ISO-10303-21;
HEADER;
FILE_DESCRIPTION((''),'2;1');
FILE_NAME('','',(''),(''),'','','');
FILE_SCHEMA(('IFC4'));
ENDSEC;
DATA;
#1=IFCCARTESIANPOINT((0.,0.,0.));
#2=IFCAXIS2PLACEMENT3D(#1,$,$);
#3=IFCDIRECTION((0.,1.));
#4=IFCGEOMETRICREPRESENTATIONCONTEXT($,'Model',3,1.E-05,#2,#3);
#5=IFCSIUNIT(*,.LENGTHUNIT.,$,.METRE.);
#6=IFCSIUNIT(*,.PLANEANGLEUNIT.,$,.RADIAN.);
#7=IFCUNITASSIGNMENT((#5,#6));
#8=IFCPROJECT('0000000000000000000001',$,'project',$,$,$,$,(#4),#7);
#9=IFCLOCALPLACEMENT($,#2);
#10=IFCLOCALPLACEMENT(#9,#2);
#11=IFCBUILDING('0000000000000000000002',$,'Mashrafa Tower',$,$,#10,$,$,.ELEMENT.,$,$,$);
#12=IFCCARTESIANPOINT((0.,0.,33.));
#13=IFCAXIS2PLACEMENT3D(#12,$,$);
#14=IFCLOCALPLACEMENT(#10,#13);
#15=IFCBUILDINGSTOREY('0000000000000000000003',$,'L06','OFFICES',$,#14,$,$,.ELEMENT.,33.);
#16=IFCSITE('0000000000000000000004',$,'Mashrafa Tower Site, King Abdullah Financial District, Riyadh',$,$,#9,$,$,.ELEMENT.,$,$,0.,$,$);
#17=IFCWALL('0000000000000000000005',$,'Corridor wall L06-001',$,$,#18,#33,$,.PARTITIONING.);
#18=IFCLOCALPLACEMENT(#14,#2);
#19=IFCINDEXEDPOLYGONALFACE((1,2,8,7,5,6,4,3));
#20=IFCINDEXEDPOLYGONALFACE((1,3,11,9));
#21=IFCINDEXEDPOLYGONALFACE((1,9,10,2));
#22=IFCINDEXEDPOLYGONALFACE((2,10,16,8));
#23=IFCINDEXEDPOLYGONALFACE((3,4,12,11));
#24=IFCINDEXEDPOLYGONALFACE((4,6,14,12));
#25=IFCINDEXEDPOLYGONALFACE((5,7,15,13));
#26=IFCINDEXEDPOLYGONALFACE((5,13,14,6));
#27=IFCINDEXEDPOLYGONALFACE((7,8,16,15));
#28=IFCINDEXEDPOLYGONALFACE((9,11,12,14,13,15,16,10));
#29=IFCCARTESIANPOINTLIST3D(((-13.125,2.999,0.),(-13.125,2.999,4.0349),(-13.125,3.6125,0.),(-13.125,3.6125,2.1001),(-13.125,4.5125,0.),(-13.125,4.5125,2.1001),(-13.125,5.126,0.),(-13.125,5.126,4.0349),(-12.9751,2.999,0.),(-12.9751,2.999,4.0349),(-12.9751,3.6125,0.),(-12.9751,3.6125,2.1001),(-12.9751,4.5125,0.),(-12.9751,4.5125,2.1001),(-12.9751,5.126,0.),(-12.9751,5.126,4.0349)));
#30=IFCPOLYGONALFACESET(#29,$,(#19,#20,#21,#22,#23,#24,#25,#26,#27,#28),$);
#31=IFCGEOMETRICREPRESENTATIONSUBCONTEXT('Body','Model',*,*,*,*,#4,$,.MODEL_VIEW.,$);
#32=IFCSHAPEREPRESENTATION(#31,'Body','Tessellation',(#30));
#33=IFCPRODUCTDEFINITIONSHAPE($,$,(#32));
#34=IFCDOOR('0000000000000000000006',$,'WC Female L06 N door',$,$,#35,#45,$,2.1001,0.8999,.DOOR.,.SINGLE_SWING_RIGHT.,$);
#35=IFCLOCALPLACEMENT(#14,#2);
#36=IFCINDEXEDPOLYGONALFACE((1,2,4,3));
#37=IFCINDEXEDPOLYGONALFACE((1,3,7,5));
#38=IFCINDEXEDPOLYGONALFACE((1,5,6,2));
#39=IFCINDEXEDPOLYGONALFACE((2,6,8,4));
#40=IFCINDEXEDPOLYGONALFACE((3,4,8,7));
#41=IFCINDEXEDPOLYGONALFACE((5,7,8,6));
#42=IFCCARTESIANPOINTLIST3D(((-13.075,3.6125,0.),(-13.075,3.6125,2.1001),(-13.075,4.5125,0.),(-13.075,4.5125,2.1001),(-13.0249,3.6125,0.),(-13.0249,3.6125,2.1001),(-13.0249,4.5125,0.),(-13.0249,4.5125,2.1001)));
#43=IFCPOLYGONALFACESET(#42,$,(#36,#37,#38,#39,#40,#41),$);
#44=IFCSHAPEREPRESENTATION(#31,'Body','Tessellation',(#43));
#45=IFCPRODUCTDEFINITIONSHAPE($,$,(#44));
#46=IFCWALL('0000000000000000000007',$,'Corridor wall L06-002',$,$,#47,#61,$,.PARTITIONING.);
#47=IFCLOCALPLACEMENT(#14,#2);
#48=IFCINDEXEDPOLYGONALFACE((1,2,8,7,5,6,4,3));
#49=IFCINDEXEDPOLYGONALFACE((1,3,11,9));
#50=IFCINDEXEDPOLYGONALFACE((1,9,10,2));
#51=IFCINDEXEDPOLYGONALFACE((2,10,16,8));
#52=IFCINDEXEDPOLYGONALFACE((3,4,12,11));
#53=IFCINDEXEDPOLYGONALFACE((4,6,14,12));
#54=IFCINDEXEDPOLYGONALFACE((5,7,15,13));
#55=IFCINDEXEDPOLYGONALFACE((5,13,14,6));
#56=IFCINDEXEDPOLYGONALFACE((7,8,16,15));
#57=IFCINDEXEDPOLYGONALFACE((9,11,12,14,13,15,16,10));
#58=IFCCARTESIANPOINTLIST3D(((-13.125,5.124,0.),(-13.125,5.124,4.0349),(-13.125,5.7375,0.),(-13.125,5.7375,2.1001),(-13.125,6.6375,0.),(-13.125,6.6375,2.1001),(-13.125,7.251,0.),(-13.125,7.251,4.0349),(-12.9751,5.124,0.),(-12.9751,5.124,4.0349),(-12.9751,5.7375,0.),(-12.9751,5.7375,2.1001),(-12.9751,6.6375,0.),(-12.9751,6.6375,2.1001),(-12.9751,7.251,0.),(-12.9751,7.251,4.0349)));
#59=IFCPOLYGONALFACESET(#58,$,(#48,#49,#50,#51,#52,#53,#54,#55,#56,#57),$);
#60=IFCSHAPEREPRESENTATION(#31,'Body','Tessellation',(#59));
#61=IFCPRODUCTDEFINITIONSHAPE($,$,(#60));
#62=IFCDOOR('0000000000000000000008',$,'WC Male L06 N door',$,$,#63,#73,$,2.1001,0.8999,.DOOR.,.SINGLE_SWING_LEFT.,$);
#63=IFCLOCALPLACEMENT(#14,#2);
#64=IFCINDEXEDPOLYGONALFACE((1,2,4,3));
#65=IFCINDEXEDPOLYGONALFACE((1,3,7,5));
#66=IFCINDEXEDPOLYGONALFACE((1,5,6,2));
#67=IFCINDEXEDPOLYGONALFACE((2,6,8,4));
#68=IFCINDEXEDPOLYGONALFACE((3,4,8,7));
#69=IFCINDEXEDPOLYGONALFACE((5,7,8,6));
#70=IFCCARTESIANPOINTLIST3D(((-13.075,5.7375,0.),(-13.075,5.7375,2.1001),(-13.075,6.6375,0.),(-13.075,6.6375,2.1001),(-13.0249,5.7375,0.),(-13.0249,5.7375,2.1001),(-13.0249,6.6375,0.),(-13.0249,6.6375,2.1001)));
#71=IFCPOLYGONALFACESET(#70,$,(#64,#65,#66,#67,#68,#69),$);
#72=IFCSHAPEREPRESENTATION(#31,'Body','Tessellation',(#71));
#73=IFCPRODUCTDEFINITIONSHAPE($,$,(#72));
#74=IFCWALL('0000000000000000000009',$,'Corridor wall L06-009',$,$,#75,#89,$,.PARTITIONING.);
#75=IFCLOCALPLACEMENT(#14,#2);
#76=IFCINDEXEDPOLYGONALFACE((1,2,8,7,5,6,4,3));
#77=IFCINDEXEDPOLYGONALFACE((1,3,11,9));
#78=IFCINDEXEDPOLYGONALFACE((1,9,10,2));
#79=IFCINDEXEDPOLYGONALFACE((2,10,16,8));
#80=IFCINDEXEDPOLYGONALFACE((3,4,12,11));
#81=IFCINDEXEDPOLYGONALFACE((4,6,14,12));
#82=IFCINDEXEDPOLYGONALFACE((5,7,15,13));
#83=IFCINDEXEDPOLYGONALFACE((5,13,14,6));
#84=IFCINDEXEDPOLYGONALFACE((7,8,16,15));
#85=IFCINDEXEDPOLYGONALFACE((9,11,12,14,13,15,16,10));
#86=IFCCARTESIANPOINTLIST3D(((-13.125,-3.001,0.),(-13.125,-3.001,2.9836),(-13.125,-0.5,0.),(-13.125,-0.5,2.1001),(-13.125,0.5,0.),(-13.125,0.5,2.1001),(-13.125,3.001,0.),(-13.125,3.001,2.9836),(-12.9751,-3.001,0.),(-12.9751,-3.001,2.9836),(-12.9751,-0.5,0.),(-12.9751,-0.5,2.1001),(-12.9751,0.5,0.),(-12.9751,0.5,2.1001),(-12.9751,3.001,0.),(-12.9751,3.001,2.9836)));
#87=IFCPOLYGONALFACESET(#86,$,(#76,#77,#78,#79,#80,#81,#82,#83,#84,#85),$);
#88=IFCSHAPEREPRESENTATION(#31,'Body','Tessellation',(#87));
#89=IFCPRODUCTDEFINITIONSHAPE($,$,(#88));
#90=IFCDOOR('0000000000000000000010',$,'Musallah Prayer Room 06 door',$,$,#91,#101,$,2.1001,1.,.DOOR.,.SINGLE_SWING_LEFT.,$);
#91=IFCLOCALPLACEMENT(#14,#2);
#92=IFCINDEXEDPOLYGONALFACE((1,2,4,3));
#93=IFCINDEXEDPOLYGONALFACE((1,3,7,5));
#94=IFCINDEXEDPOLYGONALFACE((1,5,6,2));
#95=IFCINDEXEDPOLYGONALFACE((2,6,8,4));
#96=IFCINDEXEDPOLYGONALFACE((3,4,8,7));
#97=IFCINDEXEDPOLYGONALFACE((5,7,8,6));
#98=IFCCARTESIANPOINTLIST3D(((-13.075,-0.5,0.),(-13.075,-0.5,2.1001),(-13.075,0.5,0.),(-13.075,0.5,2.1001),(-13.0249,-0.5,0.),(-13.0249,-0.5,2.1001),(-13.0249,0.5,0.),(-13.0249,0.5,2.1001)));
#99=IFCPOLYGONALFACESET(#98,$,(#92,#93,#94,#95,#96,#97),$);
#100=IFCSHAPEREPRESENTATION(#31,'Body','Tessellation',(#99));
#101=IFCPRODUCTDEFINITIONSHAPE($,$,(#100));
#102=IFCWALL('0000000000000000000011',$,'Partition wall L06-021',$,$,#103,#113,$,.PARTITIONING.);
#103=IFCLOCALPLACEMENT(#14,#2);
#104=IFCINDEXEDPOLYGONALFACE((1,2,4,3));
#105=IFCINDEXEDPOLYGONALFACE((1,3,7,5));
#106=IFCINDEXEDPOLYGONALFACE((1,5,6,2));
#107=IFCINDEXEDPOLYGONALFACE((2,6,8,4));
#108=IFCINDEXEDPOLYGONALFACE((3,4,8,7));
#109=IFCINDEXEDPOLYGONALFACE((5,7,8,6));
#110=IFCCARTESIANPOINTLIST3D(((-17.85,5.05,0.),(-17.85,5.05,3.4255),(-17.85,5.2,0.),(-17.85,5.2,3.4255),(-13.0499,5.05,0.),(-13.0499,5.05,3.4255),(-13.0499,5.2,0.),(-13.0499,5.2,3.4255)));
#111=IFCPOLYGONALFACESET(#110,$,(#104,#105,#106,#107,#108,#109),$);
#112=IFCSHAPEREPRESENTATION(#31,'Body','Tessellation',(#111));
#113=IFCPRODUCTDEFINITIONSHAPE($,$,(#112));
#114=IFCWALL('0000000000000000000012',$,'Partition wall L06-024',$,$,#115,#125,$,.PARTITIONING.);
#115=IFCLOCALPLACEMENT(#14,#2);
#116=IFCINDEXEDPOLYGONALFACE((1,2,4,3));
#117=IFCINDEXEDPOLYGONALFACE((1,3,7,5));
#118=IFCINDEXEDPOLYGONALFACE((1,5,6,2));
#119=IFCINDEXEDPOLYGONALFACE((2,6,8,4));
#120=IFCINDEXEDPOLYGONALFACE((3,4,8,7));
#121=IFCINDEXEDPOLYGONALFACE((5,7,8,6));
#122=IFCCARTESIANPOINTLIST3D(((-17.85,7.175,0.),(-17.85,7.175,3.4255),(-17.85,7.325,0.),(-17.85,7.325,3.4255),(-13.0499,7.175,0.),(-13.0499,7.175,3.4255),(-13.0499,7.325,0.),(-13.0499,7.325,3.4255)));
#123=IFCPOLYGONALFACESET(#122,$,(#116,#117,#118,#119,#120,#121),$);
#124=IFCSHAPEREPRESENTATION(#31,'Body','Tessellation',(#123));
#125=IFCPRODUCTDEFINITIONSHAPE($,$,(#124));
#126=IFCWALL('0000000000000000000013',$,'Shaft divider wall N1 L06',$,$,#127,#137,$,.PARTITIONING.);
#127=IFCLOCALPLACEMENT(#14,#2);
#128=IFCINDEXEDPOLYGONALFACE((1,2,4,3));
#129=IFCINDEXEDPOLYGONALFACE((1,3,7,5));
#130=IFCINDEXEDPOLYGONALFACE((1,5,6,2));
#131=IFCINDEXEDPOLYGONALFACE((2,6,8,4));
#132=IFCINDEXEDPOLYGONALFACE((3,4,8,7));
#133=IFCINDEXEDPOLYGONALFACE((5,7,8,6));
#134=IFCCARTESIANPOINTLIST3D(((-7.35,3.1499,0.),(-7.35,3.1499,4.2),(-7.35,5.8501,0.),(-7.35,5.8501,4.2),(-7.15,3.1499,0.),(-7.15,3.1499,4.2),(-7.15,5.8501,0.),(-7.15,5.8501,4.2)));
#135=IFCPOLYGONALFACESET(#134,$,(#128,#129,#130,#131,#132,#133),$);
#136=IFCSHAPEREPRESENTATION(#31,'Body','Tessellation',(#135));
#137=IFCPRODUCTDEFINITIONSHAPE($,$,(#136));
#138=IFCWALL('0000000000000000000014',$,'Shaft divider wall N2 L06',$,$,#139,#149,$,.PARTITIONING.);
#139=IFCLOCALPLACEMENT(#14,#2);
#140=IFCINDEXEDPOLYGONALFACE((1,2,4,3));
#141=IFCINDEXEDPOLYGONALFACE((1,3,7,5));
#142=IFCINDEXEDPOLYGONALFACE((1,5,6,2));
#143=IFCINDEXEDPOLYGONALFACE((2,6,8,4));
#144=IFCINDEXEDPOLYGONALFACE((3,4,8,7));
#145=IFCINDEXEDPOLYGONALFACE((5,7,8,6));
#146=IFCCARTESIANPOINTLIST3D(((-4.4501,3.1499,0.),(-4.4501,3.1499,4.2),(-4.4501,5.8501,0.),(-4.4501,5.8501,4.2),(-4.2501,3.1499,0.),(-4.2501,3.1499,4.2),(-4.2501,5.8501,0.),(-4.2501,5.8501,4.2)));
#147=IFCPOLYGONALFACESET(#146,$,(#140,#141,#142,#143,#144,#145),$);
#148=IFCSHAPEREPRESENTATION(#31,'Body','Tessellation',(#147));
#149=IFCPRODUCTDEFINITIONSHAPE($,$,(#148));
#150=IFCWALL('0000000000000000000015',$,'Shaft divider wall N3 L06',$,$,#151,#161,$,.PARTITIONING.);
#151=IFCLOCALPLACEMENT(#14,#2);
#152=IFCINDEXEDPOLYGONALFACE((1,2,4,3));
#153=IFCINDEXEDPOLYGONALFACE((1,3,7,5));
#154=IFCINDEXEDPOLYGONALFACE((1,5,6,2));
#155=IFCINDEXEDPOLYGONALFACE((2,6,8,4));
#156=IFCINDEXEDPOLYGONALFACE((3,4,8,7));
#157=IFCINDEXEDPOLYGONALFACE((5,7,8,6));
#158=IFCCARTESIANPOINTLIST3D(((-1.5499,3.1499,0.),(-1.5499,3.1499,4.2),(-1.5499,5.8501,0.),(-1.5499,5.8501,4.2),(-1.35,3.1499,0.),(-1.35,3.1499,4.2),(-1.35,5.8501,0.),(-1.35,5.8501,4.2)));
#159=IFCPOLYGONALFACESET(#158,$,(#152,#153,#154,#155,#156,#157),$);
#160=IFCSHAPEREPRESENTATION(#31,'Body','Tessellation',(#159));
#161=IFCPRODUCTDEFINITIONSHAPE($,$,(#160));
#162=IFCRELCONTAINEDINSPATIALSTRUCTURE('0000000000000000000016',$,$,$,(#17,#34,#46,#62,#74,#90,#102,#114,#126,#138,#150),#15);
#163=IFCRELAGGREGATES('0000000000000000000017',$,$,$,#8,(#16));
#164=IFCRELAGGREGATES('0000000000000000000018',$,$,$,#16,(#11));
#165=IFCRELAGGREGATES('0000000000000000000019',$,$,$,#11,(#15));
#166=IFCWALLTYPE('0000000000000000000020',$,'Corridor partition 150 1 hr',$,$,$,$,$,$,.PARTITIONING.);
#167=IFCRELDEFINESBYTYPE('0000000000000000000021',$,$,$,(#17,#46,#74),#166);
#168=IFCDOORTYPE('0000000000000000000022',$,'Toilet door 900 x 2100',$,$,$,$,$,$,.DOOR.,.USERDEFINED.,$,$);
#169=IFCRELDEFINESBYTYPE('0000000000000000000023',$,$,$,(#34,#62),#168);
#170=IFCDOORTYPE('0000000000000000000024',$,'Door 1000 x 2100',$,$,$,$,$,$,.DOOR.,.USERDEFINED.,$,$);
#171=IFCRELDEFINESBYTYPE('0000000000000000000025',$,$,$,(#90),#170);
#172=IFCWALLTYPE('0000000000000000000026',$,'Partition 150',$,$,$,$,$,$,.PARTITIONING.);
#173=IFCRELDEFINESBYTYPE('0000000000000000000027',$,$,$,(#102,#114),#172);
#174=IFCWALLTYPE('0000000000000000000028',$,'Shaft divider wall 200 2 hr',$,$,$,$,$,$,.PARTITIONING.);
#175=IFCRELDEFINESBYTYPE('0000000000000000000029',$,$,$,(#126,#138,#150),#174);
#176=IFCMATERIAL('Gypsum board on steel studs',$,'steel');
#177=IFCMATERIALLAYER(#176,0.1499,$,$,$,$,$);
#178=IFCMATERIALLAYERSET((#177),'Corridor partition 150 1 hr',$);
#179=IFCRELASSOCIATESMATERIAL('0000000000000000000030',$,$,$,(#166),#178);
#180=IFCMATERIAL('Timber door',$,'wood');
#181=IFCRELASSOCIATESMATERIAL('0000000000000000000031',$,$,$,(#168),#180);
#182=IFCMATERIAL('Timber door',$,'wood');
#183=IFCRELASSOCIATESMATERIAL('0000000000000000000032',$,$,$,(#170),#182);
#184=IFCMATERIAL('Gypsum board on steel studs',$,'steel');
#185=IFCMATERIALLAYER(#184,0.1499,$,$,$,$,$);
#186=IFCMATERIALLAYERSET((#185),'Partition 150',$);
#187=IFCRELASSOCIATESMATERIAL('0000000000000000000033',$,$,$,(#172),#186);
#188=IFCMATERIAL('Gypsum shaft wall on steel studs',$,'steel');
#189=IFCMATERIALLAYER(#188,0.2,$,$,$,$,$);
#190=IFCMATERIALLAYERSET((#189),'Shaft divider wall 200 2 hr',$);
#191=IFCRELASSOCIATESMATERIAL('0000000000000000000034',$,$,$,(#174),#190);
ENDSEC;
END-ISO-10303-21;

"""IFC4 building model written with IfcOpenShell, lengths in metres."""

from ifc_helpers import new_model, si_unit, direction, frame, frame_2d, origin, place, context, subcontext, project, spatial, rectangle, extrude, material, layer, layer_set, type_object, element, fill, save


model = new_model("IFC4")

# Units and contexts
model_context = context("Model", 3, precision=1e-05, world=origin(), true_north=direction((0.0, 1.0)))
body_context = subcontext(model_context, "Body", "Model", "MODEL_VIEW")
ifc_project = project(units=[si_unit("LENGTHUNIT", "METRE"), si_unit("PLANEANGLEUNIT", "RADIAN")], contexts=[model_context])

# Site, building, storey
site_placement = place(None, origin())
site = spatial("IfcSite", under=ifc_project, at=site_placement, Name="Mashrafa Tower Site, King Abdullah Financial District, Riyadh", CompositionType="ELEMENT", RefElevation=0.0)
building_placement = place(site_placement, origin())
building = spatial("IfcBuilding", under=site, at=building_placement, Name="Mashrafa Tower", CompositionType="ELEMENT")
storey_placement = place(building_placement, frame((0.0, 0.0, 33.0)))
storey = spatial("IfcBuildingStorey", under=building, at=storey_placement, Name="L06", Description="OFFICES", CompositionType="ELEMENT", Elevation=33.0)

# Walls, openings, doors
ifc_material_1 = material(Name="Gypsum board on steel studs", Category="steel")
ifc_layer_1 = layer(ifc_material_1, 0.1499)
ifc_layer_set_1 = layer_set([ifc_layer_1], Name="Corridor partition 150 1 hr")
wall_type_1 = type_object("IfcWallType", Name="Corridor partition 150 1 hr", PredefinedType="PARTITIONING", material=ifc_layer_set_1)
wall_1_placement = place(storey_placement, frame((-13.05, 5.126, 0.0), z_axis=(0.0, 0.0, 1.0), x_axis=(0.0, -1.0, 0.0)))
wall_1 = element("IfcWall", 1, at=wall_1_placement, inside=storey, type_object=wall_type_1, Name="Corridor wall L06-001", PredefinedType="PARTITIONING", context=body_context, shape_type="SweptSolid", body=[
    extrude(rectangle(XDim=2.127, YDim=0.1499, at=frame_2d((1.0635, 0.0))), origin(), (0.0, 0.0, 1.0), 4.0349),
])
opening_1_placement = place(wall_1_placement, frame((0.6135, 0.0, 0.0)))
opening_1 = element("IfcOpeningElement", 2, at=opening_1_placement, cuts=wall_1, PredefinedType="OPENING", context=body_context, shape_type="SweptSolid", body=[
    extrude(rectangle(XDim=0.8999, YDim=2.1001, at=frame_2d((0.45, 1.05))), frame((0.0, 0.085, 0.0), z_axis=(0.0, -1.0, 0.0), x_axis=(1.0, 0.0, 0.0)), (0.0, 0.0, 1.0), 0.1699),
])
ifc_material_2 = material(Name="Timber door", Category="wood")
door_type_1 = type_object("IfcDoorType", Name="Toilet door 900 x 2100", OperationType="USERDEFINED", PredefinedType="DOOR", material=ifc_material_2)
door_1_placement = place(opening_1_placement, frame((0.8999, 0.0, 0.0), z_axis=(0.0, 0.0, 1.0), x_axis=(-1.0, 0.0, 0.0)))
door_1 = element("IfcDoor", 3, at=door_1_placement, inside=storey, type_object=door_type_1, Name="WC Female L06 N door", OperationType="SINGLE_SWING_RIGHT", OverallHeight=2.1001, OverallWidth=0.8999, PredefinedType="DOOR", context=body_context, shape_type="SweptSolid", body=[
    extrude(rectangle(XDim=0.8999, YDim=2.1001, at=frame_2d((0.45, 1.05))), frame((0.0, 0.0249, 0.0), z_axis=(0.0, -1.0, 0.0), x_axis=(1.0, 0.0, 0.0)), (0.0, 0.0, 1.0), 0.05),
])
fill(opening_1, door_1)
wall_2_placement = place(storey_placement, frame((-13.05, 7.251, 0.0), z_axis=(0.0, 0.0, 1.0), x_axis=(0.0, -1.0, 0.0)))
wall_2 = element("IfcWall", 4, at=wall_2_placement, inside=storey, type_object=wall_type_1, Name="Corridor wall L06-002", PredefinedType="PARTITIONING", context=body_context, shape_type="SweptSolid", body=[
    extrude(rectangle(XDim=2.127, YDim=0.1499, at=frame_2d((1.0635, 0.0))), origin(), (0.0, 0.0, 1.0), 4.0349),
])
opening_2_placement = place(wall_2_placement, frame((0.6135, 0.0, 0.0)))
opening_2 = element("IfcOpeningElement", 5, at=opening_2_placement, cuts=wall_2, PredefinedType="OPENING", context=body_context, shape_type="SweptSolid", body=[
    extrude(rectangle(XDim=0.8999, YDim=2.1001, at=frame_2d((0.45, 1.05))), frame((0.0, 0.085, 0.0), z_axis=(0.0, -1.0, 0.0), x_axis=(1.0, 0.0, 0.0)), (0.0, 0.0, 1.0), 0.1699),
])
door_2_placement = place(opening_2_placement, frame((0.8999, 0.0, 0.0), z_axis=(0.0, 0.0, 1.0), x_axis=(-1.0, 0.0, 0.0)))
door_2 = element("IfcDoor", 6, at=door_2_placement, inside=storey, type_object=door_type_1, Name="WC Male L06 N door", OperationType="SINGLE_SWING_LEFT", OverallHeight=2.1001, OverallWidth=0.8999, PredefinedType="DOOR", context=body_context, shape_type="SweptSolid", body=[
    extrude(rectangle(XDim=0.8999, YDim=2.1001, at=frame_2d((0.45, 1.05))), frame((0.0, 0.0249, 0.0), z_axis=(0.0, -1.0, 0.0), x_axis=(1.0, 0.0, 0.0)), (0.0, 0.0, 1.0), 0.05),
])
fill(opening_2, door_2)
wall_3_placement = place(storey_placement, frame((-13.05, 3.001, 0.0), z_axis=(0.0, 0.0, 1.0), x_axis=(0.0, -1.0, 0.0)))
wall_3 = element("IfcWall", 7, at=wall_3_placement, inside=storey, type_object=wall_type_1, Name="Corridor wall L06-009", PredefinedType="PARTITIONING", context=body_context, shape_type="SweptSolid", body=[
    extrude(rectangle(XDim=6.002, YDim=0.1499, at=frame_2d((3.001, 0.0))), origin(), (0.0, 0.0, 1.0), 2.9836),
])
opening_3_placement = place(wall_3_placement, frame((2.501, 0.0, 0.0)))
opening_3 = element("IfcOpeningElement", 8, at=opening_3_placement, cuts=wall_3, PredefinedType="OPENING", context=body_context, shape_type="SweptSolid", body=[
    extrude(rectangle(XDim=1.0, YDim=2.1001, at=frame_2d((0.5, 1.05))), frame((0.0, 0.085, 0.0), z_axis=(0.0, -1.0, 0.0), x_axis=(1.0, 0.0, 0.0)), (0.0, 0.0, 1.0), 0.1699),
])
ifc_material_3 = material(Name="Timber door", Category="wood")
door_type_2 = type_object("IfcDoorType", Name="Door 1000 x 2100", OperationType="USERDEFINED", PredefinedType="DOOR", material=ifc_material_3)
door_3_placement = place(opening_3_placement, frame((1.0, 0.0, 0.0), z_axis=(0.0, 0.0, 1.0), x_axis=(-1.0, 0.0, 0.0)))
door_3 = element("IfcDoor", 9, at=door_3_placement, inside=storey, type_object=door_type_2, Name="Musallah Prayer Room 06 door", OperationType="SINGLE_SWING_LEFT", OverallHeight=2.1001, OverallWidth=1.0, PredefinedType="DOOR", context=body_context, shape_type="SweptSolid", body=[
    extrude(rectangle(XDim=1.0, YDim=2.1001, at=frame_2d((0.5, 1.05))), frame((0.0, 0.0249, 0.0), z_axis=(0.0, -1.0, 0.0), x_axis=(1.0, 0.0, 0.0)), (0.0, 0.0, 1.0), 0.05),
])
fill(opening_3, door_3)

# Walls
ifc_material_4 = material(Name="Gypsum board on steel studs", Category="steel")
ifc_layer_2 = layer(ifc_material_4, 0.1499)
ifc_layer_set_2 = layer_set([ifc_layer_2], Name="Partition 150")
wall_type_2 = type_object("IfcWallType", Name="Partition 150", PredefinedType="PARTITIONING", material=ifc_layer_set_2)
for number, where, z_axis, x_axis, name in (
    (10, (-13.05, 5.125, 0.0), (0.0, 0.0, 1.0), (-1.0, 0.0, 0.0), "Partition wall L06-021"),
    (11, (-13.05, 7.25, 0.0), (0.0, 0.0, 1.0), (-1.0, 0.0, 0.0), "Partition wall L06-024"),
):
    element("IfcWall", number, at=place(storey_placement, frame(where, z_axis=z_axis, x_axis=x_axis)), inside=storey, type_object=wall_type_2, Name=name, PredefinedType="PARTITIONING", context=body_context, shape_type="SweptSolid", body=[
        extrude(rectangle(XDim=4.8, YDim=0.1499, at=frame_2d((2.3999, 0.0))), origin(), (0.0, 0.0, 1.0), 3.4255),
    ])
ifc_material_5 = material(Name="Gypsum shaft wall on steel studs", Category="steel")
ifc_layer_3 = layer(ifc_material_5, 0.2)
ifc_layer_set_3 = layer_set([ifc_layer_3], Name="Shaft divider wall 200 2 hr")
wall_type_3 = type_object("IfcWallType", Name="Shaft divider wall 200 2 hr", PredefinedType="PARTITIONING", material=ifc_layer_set_3)
for number, where, z_axis, x_axis, name in (
    (12, (-7.25, 3.1499, 0.0), (0.0, 0.0, 1.0), (0.0, 1.0, 0.0), "Shaft divider wall N1 L06"),
    (13, (-4.3501, 3.1499, 0.0), (0.0, 0.0, 1.0), (0.0, 1.0, 0.0), "Shaft divider wall N2 L06"),
    (14, (-1.45, 3.1499, 0.0), (0.0, 0.0, 1.0), (0.0, 1.0, 0.0), "Shaft divider wall N3 L06"),
):
    element("IfcWall", number, at=place(storey_placement, frame(where, z_axis=z_axis, x_axis=x_axis)), inside=storey, type_object=wall_type_3, Name=name, PredefinedType="PARTITIONING", context=body_context, shape_type="SweptSolid", body=[
        extrude(rectangle(XDim=2.7002, YDim=0.2, at=frame_2d((1.3501, 0.0))), origin(), (0.0, 0.0, 1.0), 4.2),
    ])

save(model, "model.ifc")
